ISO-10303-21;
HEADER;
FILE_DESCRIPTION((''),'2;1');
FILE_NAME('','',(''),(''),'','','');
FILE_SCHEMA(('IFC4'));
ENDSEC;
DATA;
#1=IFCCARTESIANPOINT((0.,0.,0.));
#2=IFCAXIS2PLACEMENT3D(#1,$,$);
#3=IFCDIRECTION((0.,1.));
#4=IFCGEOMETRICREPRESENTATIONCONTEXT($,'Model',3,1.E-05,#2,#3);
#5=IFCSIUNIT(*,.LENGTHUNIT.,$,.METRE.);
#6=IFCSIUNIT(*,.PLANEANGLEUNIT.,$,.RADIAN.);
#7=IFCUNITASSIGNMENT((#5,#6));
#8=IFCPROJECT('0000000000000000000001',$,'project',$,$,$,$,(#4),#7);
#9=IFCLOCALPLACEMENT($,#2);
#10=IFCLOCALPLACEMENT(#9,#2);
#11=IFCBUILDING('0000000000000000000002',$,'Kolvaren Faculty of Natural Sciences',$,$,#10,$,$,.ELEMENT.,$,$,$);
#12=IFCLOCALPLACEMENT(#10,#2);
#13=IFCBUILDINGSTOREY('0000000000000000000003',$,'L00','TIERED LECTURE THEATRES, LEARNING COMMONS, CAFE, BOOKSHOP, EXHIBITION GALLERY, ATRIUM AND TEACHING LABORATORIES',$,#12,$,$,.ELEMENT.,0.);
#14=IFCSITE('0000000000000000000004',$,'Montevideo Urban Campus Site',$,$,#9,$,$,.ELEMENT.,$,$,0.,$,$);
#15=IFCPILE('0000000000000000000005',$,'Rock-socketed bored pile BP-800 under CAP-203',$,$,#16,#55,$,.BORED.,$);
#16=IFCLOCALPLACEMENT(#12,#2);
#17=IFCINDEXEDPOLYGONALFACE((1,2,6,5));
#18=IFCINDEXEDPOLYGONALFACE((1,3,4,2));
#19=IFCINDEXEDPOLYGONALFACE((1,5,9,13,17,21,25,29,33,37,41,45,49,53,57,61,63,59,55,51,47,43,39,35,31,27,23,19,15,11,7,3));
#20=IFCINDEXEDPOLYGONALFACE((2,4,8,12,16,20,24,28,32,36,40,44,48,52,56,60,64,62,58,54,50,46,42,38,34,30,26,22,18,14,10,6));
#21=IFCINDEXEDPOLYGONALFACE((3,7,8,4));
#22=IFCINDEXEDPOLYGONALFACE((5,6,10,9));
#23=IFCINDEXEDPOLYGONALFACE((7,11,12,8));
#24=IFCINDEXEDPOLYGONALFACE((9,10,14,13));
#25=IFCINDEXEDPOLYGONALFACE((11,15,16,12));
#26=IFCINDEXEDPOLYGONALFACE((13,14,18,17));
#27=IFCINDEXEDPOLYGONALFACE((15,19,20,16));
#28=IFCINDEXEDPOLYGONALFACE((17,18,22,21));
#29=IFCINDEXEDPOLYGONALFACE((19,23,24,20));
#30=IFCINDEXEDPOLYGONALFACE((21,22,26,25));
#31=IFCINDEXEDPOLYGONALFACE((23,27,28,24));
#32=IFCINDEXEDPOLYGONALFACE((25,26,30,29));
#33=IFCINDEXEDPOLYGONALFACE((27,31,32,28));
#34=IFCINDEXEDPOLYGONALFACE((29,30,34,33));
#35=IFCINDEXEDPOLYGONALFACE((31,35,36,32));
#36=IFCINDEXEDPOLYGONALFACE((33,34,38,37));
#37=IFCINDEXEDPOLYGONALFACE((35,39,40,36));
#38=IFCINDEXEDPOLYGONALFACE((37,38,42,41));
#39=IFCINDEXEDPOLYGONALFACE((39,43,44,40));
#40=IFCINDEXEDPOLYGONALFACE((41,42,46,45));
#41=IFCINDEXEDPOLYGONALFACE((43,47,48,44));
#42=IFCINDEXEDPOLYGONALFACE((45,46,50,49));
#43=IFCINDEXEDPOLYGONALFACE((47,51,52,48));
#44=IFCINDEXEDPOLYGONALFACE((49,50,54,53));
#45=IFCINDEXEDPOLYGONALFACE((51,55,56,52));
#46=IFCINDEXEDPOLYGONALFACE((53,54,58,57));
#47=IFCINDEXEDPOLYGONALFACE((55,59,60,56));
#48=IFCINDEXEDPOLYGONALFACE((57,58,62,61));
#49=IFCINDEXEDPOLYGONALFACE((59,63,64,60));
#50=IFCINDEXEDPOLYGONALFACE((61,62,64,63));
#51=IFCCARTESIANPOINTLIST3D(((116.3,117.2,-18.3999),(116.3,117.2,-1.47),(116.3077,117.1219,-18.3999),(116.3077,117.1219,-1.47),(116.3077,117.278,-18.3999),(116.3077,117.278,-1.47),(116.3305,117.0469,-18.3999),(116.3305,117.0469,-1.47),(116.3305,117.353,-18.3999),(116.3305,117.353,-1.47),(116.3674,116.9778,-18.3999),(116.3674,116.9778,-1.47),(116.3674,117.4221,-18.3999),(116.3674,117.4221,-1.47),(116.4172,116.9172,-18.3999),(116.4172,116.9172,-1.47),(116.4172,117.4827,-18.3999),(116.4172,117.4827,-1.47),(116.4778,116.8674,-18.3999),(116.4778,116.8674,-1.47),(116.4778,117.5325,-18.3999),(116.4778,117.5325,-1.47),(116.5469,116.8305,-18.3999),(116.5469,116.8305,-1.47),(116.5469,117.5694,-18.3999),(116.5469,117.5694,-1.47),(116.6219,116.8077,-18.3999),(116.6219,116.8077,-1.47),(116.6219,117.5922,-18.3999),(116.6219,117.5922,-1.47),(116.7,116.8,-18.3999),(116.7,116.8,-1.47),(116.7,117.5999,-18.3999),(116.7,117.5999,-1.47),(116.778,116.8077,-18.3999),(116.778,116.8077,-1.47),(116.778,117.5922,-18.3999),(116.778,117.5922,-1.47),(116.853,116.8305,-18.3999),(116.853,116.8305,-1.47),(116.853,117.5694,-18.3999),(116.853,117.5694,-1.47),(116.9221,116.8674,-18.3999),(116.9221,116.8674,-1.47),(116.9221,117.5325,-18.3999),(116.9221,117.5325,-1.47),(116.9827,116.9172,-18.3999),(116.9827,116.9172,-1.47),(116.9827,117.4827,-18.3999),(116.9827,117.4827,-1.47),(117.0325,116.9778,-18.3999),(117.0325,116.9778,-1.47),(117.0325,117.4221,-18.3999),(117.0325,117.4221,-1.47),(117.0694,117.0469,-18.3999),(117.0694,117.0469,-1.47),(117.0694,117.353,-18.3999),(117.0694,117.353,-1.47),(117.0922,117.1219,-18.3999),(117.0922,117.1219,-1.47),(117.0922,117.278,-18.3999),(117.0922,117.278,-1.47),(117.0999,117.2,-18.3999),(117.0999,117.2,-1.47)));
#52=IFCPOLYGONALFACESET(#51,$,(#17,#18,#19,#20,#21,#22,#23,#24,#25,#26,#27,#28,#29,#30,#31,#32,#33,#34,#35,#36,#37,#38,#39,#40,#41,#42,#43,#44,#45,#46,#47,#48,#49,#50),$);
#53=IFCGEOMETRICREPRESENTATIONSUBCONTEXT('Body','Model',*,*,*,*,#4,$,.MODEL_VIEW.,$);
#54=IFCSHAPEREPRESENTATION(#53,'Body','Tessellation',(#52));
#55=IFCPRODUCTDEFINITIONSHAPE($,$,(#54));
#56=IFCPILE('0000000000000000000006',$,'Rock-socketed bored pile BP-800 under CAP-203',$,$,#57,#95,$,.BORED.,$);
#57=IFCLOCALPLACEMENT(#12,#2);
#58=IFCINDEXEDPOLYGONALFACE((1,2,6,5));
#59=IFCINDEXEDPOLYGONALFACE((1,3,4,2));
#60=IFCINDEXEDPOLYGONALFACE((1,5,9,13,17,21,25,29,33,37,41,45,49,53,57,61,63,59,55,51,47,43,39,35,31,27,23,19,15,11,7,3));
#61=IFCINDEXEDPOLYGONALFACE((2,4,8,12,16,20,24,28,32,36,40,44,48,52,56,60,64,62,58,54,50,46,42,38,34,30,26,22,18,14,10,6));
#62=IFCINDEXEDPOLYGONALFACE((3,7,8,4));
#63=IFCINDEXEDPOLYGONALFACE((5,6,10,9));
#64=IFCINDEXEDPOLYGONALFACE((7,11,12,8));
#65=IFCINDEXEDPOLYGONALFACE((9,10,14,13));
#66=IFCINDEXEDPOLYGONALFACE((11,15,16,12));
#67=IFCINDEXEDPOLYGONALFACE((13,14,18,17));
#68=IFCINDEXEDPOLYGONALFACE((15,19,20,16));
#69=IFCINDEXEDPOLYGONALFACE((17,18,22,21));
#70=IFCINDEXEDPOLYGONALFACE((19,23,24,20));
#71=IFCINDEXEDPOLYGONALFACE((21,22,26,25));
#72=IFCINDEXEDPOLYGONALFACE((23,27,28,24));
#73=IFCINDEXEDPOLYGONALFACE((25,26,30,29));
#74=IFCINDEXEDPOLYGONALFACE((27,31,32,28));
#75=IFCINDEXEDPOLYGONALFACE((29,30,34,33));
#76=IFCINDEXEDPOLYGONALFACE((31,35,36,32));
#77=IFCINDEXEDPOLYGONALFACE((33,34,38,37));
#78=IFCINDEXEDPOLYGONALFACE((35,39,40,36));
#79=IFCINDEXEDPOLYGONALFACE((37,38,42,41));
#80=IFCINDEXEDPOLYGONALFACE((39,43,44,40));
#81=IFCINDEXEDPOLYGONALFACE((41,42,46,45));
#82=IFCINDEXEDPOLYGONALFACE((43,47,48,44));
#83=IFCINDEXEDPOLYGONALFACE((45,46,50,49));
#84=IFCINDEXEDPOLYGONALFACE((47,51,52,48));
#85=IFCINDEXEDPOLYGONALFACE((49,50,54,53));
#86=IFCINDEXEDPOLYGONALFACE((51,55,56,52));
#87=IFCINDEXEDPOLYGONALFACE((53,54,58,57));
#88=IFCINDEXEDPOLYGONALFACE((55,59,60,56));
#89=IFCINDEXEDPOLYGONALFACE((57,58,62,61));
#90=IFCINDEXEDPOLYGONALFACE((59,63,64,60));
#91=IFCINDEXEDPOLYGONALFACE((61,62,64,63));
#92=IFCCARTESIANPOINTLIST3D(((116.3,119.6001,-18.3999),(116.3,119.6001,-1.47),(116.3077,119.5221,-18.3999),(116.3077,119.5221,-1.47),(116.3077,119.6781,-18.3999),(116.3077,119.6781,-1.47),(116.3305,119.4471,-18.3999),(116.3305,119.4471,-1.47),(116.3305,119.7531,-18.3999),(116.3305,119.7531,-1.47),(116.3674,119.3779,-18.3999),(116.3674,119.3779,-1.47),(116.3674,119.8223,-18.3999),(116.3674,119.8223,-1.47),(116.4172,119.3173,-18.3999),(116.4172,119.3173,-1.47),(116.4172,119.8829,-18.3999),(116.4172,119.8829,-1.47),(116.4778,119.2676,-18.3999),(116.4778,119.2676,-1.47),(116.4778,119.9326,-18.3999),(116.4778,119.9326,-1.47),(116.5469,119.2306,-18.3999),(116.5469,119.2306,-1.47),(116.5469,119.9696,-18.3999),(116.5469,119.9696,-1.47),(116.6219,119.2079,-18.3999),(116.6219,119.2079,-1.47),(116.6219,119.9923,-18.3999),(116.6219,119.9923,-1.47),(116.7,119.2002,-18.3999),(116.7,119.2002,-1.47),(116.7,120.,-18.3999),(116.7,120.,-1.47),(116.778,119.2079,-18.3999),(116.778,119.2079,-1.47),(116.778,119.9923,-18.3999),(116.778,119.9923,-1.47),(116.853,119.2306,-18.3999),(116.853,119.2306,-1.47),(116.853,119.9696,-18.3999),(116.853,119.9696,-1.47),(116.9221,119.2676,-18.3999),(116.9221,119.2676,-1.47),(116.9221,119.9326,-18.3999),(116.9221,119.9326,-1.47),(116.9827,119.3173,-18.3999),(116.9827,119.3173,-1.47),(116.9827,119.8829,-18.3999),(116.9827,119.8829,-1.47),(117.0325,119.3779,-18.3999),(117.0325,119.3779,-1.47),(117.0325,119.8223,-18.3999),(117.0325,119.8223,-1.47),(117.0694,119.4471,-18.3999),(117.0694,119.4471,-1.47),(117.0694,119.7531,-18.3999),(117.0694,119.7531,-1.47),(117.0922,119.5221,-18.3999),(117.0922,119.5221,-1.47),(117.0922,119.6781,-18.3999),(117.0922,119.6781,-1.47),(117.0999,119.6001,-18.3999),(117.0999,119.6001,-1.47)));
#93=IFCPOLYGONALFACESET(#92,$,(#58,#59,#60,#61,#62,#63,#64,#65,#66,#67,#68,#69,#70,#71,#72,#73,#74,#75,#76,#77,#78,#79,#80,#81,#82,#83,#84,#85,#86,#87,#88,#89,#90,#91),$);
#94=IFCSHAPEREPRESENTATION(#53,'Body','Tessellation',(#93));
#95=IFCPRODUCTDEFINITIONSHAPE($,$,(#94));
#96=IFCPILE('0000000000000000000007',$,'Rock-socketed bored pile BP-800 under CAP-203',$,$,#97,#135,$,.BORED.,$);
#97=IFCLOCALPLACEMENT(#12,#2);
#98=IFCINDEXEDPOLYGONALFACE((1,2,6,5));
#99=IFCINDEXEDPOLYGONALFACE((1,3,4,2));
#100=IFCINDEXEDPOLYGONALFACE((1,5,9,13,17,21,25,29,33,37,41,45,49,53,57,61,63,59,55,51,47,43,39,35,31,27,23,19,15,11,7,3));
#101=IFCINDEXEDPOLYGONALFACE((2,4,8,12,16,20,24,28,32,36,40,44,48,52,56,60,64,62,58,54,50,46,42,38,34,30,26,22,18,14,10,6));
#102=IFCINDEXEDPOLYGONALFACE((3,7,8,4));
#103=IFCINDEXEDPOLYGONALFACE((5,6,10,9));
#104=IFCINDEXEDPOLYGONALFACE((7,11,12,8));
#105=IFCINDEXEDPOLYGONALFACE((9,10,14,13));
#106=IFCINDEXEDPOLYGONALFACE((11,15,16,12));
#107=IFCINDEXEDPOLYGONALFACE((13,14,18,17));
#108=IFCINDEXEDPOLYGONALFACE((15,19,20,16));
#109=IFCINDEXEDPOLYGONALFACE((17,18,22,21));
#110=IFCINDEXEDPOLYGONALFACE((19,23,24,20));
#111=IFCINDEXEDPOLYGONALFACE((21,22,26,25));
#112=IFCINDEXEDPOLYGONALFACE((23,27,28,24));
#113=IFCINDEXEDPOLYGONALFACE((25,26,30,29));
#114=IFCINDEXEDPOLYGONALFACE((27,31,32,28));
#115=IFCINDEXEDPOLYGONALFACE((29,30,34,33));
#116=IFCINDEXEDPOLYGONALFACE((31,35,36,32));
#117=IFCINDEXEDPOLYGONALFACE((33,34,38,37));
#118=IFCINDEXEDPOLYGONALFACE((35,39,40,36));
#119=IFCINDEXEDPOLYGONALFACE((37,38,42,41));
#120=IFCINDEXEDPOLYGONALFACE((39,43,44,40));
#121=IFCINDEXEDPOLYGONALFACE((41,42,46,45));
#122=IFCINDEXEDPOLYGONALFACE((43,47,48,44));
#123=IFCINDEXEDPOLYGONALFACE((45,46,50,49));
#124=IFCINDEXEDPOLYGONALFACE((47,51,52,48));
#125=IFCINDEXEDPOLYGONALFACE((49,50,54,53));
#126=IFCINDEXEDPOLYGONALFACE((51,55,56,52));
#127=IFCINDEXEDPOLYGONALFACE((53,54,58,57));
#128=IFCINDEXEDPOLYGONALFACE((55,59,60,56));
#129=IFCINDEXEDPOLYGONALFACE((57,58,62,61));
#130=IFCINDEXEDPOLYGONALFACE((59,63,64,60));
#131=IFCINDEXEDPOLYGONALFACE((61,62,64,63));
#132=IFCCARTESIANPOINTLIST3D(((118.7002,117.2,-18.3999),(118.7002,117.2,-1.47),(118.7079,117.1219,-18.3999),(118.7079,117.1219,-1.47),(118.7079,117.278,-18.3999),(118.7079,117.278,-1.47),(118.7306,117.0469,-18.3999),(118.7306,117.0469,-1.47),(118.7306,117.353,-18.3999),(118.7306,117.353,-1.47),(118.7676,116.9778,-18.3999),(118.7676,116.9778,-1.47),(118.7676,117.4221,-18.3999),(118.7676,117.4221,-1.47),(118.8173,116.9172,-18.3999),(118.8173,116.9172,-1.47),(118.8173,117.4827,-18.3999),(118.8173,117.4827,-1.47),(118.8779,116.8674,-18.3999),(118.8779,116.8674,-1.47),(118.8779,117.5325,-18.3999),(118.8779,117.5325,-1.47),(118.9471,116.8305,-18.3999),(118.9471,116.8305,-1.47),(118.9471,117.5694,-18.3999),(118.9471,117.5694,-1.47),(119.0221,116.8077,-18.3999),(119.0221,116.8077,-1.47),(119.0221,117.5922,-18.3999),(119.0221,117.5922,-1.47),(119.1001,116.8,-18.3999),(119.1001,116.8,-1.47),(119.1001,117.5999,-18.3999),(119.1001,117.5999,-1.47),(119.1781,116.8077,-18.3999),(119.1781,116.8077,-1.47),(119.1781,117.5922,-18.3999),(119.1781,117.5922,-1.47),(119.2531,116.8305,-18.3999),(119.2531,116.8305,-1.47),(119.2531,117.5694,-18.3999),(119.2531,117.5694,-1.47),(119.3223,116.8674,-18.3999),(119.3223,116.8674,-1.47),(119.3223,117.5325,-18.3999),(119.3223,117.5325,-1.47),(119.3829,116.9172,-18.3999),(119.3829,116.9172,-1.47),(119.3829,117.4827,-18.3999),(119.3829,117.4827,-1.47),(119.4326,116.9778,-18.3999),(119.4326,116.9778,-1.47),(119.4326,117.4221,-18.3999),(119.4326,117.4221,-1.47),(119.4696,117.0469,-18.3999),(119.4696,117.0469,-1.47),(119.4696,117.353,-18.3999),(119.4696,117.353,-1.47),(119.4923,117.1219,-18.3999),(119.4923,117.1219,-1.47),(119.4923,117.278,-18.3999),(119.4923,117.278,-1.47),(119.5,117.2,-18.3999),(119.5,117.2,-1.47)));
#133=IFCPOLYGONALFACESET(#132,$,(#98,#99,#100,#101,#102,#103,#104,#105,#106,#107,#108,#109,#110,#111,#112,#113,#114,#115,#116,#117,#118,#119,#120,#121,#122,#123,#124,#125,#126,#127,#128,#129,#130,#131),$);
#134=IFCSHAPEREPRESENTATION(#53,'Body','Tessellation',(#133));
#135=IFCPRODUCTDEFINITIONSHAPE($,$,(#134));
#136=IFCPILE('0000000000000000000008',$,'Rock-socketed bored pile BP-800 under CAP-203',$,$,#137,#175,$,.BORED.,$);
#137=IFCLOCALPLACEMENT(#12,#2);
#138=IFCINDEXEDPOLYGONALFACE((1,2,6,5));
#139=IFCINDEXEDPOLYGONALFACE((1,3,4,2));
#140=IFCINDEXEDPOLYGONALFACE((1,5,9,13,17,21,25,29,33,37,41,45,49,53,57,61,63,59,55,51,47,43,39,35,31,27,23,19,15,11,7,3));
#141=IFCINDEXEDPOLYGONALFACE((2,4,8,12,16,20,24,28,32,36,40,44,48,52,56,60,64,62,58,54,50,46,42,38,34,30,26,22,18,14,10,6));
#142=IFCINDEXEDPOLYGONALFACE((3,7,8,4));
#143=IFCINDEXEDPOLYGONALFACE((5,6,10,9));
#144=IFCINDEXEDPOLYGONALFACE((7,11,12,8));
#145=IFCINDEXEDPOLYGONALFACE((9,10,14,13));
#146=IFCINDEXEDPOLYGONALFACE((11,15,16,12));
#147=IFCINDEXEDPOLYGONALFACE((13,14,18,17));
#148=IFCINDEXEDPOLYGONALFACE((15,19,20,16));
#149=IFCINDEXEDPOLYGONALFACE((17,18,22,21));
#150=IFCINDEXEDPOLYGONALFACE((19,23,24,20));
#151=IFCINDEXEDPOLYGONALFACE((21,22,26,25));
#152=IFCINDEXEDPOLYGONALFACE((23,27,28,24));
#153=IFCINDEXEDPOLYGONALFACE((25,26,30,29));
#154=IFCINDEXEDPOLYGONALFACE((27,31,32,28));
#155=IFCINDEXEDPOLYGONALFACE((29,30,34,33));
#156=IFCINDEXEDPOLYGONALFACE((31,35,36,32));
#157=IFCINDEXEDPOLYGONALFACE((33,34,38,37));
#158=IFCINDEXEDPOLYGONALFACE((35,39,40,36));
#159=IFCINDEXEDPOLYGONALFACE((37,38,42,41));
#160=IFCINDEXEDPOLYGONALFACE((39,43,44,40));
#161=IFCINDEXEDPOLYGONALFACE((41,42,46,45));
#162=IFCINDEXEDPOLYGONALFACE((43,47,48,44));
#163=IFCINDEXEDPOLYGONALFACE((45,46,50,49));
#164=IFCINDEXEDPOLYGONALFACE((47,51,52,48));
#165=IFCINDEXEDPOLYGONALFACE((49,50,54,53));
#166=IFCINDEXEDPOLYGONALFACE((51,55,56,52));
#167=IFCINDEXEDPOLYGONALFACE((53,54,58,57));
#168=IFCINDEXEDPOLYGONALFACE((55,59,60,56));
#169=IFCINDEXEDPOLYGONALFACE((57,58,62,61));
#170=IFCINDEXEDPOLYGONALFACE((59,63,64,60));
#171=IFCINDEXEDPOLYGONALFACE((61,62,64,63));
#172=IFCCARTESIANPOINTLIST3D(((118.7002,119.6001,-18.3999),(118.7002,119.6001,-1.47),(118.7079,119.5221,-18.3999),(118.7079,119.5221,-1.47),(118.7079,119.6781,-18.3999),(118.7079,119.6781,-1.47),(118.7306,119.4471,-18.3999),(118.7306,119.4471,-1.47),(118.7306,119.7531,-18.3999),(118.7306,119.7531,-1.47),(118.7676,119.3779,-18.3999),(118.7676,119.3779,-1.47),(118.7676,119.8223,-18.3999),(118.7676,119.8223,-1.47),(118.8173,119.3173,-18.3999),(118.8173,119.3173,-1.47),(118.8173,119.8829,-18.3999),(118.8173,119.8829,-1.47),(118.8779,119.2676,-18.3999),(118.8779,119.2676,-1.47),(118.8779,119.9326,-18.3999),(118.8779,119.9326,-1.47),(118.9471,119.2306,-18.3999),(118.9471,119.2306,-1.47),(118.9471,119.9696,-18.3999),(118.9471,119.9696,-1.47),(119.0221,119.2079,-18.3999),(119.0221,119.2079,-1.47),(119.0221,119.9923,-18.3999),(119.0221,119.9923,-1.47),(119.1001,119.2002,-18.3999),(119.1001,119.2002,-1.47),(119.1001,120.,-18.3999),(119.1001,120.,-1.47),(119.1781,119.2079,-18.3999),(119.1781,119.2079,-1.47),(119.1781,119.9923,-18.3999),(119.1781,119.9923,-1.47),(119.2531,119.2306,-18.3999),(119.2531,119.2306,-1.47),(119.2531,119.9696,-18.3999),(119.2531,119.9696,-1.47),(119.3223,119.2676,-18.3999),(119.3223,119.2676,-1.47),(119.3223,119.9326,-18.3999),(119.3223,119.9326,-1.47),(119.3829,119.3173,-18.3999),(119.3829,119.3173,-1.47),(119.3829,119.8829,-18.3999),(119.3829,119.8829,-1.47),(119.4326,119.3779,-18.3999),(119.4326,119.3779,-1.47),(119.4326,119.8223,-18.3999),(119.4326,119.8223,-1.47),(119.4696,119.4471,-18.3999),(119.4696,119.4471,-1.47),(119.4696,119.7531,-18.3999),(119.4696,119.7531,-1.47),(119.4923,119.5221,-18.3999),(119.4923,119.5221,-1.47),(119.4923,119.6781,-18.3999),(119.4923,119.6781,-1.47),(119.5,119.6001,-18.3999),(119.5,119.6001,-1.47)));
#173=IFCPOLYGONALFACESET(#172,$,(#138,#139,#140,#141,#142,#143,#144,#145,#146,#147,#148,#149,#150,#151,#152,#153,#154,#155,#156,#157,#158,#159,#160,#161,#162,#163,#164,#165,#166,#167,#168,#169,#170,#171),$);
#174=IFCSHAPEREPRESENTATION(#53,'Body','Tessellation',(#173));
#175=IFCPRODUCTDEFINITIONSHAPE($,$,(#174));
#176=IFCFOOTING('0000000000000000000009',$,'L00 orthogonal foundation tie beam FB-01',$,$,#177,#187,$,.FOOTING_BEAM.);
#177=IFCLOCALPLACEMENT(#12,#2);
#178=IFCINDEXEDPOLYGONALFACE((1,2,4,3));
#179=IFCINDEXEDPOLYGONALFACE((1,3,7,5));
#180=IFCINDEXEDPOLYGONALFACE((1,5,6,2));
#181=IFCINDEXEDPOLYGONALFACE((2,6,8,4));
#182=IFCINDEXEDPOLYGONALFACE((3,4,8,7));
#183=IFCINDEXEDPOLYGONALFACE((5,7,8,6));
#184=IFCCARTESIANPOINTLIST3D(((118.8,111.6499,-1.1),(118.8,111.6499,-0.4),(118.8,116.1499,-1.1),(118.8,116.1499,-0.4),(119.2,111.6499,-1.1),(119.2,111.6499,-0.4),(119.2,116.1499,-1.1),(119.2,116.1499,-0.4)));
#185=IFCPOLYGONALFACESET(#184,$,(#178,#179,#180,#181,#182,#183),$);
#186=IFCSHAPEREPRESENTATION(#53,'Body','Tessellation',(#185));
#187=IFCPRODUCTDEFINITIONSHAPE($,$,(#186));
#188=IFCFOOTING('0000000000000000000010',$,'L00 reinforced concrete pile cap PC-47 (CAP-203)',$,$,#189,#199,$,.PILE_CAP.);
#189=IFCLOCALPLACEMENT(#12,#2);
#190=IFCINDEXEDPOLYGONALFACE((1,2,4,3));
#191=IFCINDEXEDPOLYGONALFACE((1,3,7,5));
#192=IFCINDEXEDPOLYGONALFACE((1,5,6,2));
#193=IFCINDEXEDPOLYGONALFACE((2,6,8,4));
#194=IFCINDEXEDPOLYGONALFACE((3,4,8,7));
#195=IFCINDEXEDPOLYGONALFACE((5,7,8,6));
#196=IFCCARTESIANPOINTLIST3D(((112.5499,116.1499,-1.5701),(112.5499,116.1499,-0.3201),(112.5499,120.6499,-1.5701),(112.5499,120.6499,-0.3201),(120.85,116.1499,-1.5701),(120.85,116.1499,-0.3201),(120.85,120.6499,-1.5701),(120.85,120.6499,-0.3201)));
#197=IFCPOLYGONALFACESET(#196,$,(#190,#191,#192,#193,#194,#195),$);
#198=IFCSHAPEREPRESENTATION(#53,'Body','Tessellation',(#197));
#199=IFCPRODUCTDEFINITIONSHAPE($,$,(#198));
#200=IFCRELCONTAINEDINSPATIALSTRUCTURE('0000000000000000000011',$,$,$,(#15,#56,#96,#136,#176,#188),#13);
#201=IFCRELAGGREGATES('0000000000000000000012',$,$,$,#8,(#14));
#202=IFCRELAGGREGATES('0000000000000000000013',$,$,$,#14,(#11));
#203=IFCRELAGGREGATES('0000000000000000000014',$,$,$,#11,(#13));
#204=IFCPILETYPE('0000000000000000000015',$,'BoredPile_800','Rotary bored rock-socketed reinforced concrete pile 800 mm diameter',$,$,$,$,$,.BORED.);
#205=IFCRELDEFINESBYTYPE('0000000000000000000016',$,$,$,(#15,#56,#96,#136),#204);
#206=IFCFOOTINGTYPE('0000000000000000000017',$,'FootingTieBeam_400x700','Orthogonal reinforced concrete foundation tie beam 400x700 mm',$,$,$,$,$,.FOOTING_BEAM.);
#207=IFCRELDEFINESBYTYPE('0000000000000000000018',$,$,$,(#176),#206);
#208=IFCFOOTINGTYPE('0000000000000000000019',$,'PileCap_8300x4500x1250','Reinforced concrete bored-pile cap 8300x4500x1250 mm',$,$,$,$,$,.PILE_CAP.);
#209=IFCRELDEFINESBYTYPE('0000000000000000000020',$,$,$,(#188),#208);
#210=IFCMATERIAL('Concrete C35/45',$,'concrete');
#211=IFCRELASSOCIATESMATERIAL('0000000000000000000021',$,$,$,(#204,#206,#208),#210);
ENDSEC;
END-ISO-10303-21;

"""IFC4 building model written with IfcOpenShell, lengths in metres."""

from ifc_helpers import new_model, si_unit, direction, frame, origin, origin_2d, place, context, subcontext, project, spatial, rectangle, circle, extrude, material, material_profile, profile_set, type_object, element, save


model = new_model("IFC4")

# Units and contexts
model_context = context("Model", 3, precision=1e-05, world=origin(), true_north=direction((0.0, 1.0)))
body_context = subcontext(model_context, "Body", "Model", "MODEL_VIEW")
ifc_project = project(units=[si_unit("LENGTHUNIT", "METRE"), si_unit("PLANEANGLEUNIT", "RADIAN")], contexts=[model_context])

# Site, building, storey
site_placement = place(None, origin())
site = spatial("IfcSite", under=ifc_project, at=site_placement, Name="Montevideo Urban Campus Site", CompositionType="ELEMENT", RefElevation=0.0)
building_placement = place(site_placement, origin())
building = spatial("IfcBuilding", under=site, at=building_placement, Name="Kolvaren Faculty of Natural Sciences", CompositionType="ELEMENT")
storey_placement = place(building_placement, origin())
storey = spatial("IfcBuildingStorey", under=building, at=storey_placement, Name="L00", Description="TIERED LECTURE THEATRES, LEARNING COMMONS, CAFE, BOOKSHOP, EXHIBITION GALLERY, ATRIUM AND TEACHING LABORATORIES", CompositionType="ELEMENT", Elevation=0.0)

# Piles
ifc_material_1 = material(Name="Concrete C35/45", Category="concrete")
ifc_material_profile_1 = material_profile(ifc_material_1, circle(Radius=0.3999, at=origin_2d()), Name="PILE D800")
ifc_profile_set_1 = profile_set([ifc_material_profile_1], Name="Concrete C35/45")
pile_type_1 = type_object("IfcPileType", Name="BoredPile_800", Description="Rotary bored rock-socketed reinforced concrete pile 800 mm diameter", PredefinedType="BORED", material=ifc_profile_set_1)
for number, where, z_axis, x_axis, name in (
    (1, (116.7, 117.2, -1.47), (0.0, 0.0, -1.0), (1.0, 0.0, 0.0), "Rock-socketed bored pile BP-800 under CAP-203"),
    (2, (116.7, 119.6001, -1.47), (0.0, 0.0, -1.0), (1.0, 0.0, 0.0), "Rock-socketed bored pile BP-800 under CAP-203"),
    (3, (119.1001, 117.2, -1.47), (0.0, 0.0, -1.0), (1.0, 0.0, 0.0), "Rock-socketed bored pile BP-800 under CAP-203"),
    (4, (119.1001, 119.6001, -1.47), (0.0, 0.0, -1.0), (1.0, 0.0, 0.0), "Rock-socketed bored pile BP-800 under CAP-203"),
):
    element("IfcPile", number, at=place(storey_placement, frame(where, z_axis=z_axis, x_axis=x_axis)), inside=storey, type_object=pile_type_1, Name=name, PredefinedType="BORED", context=body_context, shape_type="SweptSolid", body=[
        extrude(circle(Radius=0.3999, at=origin_2d()), origin(), (0.0, 0.0, 1.0), 16.9299),
    ])

# Footings
ifc_material_profile_2 = material_profile(ifc_material_1, rectangle(XDim=0.3999, YDim=0.7, at=origin_2d()), Name="RC FB 400x700")
ifc_profile_set_2 = profile_set([ifc_material_profile_2], Name="Concrete C35/45")
footing_type_1 = type_object("IfcFootingType", Name="FootingTieBeam_400x700", Description="Orthogonal reinforced concrete foundation tie beam 400x700 mm", PredefinedType="FOOTING_BEAM", material=ifc_profile_set_2)
footing_1_placement = place(storey_placement, frame((119.0, 111.6499, -0.75), z_axis=(0.0, 1.0, 0.0), x_axis=(-1.0, 0.0, 0.0)))
element("IfcFooting", 5, at=footing_1_placement, inside=storey, type_object=footing_type_1, Name="L00 orthogonal foundation tie beam FB-01", PredefinedType="FOOTING_BEAM", context=body_context, shape_type="SweptSolid", body=[
    extrude(rectangle(XDim=0.3999, YDim=0.7, at=origin_2d()), origin(), (0.0, 0.0, 1.0), 4.5),
])
footing_type_2 = type_object("IfcFootingType", Name="PileCap_8300x4500x1250", Description="Reinforced concrete bored-pile cap 8300x4500x1250 mm", PredefinedType="PILE_CAP", material=ifc_material_1)
footing_2_placement = place(storey_placement, frame((116.7, 118.3999, -1.5701), z_axis=(0.0, 0.0, 1.0), x_axis=(1.0, 0.0, 0.0)))
element("IfcFooting", 6, at=footing_2_placement, inside=storey, type_object=footing_type_2, Name="L00 reinforced concrete pile cap PC-47 (CAP-203)", PredefinedType="PILE_CAP", context=body_context, shape_type="SweptSolid", body=[
    extrude(rectangle(XDim=8.3, YDim=4.5, at=origin_2d()), origin(), (0.0, 0.0, 1.0), 1.25),
])

save(model, "model.ifc")
